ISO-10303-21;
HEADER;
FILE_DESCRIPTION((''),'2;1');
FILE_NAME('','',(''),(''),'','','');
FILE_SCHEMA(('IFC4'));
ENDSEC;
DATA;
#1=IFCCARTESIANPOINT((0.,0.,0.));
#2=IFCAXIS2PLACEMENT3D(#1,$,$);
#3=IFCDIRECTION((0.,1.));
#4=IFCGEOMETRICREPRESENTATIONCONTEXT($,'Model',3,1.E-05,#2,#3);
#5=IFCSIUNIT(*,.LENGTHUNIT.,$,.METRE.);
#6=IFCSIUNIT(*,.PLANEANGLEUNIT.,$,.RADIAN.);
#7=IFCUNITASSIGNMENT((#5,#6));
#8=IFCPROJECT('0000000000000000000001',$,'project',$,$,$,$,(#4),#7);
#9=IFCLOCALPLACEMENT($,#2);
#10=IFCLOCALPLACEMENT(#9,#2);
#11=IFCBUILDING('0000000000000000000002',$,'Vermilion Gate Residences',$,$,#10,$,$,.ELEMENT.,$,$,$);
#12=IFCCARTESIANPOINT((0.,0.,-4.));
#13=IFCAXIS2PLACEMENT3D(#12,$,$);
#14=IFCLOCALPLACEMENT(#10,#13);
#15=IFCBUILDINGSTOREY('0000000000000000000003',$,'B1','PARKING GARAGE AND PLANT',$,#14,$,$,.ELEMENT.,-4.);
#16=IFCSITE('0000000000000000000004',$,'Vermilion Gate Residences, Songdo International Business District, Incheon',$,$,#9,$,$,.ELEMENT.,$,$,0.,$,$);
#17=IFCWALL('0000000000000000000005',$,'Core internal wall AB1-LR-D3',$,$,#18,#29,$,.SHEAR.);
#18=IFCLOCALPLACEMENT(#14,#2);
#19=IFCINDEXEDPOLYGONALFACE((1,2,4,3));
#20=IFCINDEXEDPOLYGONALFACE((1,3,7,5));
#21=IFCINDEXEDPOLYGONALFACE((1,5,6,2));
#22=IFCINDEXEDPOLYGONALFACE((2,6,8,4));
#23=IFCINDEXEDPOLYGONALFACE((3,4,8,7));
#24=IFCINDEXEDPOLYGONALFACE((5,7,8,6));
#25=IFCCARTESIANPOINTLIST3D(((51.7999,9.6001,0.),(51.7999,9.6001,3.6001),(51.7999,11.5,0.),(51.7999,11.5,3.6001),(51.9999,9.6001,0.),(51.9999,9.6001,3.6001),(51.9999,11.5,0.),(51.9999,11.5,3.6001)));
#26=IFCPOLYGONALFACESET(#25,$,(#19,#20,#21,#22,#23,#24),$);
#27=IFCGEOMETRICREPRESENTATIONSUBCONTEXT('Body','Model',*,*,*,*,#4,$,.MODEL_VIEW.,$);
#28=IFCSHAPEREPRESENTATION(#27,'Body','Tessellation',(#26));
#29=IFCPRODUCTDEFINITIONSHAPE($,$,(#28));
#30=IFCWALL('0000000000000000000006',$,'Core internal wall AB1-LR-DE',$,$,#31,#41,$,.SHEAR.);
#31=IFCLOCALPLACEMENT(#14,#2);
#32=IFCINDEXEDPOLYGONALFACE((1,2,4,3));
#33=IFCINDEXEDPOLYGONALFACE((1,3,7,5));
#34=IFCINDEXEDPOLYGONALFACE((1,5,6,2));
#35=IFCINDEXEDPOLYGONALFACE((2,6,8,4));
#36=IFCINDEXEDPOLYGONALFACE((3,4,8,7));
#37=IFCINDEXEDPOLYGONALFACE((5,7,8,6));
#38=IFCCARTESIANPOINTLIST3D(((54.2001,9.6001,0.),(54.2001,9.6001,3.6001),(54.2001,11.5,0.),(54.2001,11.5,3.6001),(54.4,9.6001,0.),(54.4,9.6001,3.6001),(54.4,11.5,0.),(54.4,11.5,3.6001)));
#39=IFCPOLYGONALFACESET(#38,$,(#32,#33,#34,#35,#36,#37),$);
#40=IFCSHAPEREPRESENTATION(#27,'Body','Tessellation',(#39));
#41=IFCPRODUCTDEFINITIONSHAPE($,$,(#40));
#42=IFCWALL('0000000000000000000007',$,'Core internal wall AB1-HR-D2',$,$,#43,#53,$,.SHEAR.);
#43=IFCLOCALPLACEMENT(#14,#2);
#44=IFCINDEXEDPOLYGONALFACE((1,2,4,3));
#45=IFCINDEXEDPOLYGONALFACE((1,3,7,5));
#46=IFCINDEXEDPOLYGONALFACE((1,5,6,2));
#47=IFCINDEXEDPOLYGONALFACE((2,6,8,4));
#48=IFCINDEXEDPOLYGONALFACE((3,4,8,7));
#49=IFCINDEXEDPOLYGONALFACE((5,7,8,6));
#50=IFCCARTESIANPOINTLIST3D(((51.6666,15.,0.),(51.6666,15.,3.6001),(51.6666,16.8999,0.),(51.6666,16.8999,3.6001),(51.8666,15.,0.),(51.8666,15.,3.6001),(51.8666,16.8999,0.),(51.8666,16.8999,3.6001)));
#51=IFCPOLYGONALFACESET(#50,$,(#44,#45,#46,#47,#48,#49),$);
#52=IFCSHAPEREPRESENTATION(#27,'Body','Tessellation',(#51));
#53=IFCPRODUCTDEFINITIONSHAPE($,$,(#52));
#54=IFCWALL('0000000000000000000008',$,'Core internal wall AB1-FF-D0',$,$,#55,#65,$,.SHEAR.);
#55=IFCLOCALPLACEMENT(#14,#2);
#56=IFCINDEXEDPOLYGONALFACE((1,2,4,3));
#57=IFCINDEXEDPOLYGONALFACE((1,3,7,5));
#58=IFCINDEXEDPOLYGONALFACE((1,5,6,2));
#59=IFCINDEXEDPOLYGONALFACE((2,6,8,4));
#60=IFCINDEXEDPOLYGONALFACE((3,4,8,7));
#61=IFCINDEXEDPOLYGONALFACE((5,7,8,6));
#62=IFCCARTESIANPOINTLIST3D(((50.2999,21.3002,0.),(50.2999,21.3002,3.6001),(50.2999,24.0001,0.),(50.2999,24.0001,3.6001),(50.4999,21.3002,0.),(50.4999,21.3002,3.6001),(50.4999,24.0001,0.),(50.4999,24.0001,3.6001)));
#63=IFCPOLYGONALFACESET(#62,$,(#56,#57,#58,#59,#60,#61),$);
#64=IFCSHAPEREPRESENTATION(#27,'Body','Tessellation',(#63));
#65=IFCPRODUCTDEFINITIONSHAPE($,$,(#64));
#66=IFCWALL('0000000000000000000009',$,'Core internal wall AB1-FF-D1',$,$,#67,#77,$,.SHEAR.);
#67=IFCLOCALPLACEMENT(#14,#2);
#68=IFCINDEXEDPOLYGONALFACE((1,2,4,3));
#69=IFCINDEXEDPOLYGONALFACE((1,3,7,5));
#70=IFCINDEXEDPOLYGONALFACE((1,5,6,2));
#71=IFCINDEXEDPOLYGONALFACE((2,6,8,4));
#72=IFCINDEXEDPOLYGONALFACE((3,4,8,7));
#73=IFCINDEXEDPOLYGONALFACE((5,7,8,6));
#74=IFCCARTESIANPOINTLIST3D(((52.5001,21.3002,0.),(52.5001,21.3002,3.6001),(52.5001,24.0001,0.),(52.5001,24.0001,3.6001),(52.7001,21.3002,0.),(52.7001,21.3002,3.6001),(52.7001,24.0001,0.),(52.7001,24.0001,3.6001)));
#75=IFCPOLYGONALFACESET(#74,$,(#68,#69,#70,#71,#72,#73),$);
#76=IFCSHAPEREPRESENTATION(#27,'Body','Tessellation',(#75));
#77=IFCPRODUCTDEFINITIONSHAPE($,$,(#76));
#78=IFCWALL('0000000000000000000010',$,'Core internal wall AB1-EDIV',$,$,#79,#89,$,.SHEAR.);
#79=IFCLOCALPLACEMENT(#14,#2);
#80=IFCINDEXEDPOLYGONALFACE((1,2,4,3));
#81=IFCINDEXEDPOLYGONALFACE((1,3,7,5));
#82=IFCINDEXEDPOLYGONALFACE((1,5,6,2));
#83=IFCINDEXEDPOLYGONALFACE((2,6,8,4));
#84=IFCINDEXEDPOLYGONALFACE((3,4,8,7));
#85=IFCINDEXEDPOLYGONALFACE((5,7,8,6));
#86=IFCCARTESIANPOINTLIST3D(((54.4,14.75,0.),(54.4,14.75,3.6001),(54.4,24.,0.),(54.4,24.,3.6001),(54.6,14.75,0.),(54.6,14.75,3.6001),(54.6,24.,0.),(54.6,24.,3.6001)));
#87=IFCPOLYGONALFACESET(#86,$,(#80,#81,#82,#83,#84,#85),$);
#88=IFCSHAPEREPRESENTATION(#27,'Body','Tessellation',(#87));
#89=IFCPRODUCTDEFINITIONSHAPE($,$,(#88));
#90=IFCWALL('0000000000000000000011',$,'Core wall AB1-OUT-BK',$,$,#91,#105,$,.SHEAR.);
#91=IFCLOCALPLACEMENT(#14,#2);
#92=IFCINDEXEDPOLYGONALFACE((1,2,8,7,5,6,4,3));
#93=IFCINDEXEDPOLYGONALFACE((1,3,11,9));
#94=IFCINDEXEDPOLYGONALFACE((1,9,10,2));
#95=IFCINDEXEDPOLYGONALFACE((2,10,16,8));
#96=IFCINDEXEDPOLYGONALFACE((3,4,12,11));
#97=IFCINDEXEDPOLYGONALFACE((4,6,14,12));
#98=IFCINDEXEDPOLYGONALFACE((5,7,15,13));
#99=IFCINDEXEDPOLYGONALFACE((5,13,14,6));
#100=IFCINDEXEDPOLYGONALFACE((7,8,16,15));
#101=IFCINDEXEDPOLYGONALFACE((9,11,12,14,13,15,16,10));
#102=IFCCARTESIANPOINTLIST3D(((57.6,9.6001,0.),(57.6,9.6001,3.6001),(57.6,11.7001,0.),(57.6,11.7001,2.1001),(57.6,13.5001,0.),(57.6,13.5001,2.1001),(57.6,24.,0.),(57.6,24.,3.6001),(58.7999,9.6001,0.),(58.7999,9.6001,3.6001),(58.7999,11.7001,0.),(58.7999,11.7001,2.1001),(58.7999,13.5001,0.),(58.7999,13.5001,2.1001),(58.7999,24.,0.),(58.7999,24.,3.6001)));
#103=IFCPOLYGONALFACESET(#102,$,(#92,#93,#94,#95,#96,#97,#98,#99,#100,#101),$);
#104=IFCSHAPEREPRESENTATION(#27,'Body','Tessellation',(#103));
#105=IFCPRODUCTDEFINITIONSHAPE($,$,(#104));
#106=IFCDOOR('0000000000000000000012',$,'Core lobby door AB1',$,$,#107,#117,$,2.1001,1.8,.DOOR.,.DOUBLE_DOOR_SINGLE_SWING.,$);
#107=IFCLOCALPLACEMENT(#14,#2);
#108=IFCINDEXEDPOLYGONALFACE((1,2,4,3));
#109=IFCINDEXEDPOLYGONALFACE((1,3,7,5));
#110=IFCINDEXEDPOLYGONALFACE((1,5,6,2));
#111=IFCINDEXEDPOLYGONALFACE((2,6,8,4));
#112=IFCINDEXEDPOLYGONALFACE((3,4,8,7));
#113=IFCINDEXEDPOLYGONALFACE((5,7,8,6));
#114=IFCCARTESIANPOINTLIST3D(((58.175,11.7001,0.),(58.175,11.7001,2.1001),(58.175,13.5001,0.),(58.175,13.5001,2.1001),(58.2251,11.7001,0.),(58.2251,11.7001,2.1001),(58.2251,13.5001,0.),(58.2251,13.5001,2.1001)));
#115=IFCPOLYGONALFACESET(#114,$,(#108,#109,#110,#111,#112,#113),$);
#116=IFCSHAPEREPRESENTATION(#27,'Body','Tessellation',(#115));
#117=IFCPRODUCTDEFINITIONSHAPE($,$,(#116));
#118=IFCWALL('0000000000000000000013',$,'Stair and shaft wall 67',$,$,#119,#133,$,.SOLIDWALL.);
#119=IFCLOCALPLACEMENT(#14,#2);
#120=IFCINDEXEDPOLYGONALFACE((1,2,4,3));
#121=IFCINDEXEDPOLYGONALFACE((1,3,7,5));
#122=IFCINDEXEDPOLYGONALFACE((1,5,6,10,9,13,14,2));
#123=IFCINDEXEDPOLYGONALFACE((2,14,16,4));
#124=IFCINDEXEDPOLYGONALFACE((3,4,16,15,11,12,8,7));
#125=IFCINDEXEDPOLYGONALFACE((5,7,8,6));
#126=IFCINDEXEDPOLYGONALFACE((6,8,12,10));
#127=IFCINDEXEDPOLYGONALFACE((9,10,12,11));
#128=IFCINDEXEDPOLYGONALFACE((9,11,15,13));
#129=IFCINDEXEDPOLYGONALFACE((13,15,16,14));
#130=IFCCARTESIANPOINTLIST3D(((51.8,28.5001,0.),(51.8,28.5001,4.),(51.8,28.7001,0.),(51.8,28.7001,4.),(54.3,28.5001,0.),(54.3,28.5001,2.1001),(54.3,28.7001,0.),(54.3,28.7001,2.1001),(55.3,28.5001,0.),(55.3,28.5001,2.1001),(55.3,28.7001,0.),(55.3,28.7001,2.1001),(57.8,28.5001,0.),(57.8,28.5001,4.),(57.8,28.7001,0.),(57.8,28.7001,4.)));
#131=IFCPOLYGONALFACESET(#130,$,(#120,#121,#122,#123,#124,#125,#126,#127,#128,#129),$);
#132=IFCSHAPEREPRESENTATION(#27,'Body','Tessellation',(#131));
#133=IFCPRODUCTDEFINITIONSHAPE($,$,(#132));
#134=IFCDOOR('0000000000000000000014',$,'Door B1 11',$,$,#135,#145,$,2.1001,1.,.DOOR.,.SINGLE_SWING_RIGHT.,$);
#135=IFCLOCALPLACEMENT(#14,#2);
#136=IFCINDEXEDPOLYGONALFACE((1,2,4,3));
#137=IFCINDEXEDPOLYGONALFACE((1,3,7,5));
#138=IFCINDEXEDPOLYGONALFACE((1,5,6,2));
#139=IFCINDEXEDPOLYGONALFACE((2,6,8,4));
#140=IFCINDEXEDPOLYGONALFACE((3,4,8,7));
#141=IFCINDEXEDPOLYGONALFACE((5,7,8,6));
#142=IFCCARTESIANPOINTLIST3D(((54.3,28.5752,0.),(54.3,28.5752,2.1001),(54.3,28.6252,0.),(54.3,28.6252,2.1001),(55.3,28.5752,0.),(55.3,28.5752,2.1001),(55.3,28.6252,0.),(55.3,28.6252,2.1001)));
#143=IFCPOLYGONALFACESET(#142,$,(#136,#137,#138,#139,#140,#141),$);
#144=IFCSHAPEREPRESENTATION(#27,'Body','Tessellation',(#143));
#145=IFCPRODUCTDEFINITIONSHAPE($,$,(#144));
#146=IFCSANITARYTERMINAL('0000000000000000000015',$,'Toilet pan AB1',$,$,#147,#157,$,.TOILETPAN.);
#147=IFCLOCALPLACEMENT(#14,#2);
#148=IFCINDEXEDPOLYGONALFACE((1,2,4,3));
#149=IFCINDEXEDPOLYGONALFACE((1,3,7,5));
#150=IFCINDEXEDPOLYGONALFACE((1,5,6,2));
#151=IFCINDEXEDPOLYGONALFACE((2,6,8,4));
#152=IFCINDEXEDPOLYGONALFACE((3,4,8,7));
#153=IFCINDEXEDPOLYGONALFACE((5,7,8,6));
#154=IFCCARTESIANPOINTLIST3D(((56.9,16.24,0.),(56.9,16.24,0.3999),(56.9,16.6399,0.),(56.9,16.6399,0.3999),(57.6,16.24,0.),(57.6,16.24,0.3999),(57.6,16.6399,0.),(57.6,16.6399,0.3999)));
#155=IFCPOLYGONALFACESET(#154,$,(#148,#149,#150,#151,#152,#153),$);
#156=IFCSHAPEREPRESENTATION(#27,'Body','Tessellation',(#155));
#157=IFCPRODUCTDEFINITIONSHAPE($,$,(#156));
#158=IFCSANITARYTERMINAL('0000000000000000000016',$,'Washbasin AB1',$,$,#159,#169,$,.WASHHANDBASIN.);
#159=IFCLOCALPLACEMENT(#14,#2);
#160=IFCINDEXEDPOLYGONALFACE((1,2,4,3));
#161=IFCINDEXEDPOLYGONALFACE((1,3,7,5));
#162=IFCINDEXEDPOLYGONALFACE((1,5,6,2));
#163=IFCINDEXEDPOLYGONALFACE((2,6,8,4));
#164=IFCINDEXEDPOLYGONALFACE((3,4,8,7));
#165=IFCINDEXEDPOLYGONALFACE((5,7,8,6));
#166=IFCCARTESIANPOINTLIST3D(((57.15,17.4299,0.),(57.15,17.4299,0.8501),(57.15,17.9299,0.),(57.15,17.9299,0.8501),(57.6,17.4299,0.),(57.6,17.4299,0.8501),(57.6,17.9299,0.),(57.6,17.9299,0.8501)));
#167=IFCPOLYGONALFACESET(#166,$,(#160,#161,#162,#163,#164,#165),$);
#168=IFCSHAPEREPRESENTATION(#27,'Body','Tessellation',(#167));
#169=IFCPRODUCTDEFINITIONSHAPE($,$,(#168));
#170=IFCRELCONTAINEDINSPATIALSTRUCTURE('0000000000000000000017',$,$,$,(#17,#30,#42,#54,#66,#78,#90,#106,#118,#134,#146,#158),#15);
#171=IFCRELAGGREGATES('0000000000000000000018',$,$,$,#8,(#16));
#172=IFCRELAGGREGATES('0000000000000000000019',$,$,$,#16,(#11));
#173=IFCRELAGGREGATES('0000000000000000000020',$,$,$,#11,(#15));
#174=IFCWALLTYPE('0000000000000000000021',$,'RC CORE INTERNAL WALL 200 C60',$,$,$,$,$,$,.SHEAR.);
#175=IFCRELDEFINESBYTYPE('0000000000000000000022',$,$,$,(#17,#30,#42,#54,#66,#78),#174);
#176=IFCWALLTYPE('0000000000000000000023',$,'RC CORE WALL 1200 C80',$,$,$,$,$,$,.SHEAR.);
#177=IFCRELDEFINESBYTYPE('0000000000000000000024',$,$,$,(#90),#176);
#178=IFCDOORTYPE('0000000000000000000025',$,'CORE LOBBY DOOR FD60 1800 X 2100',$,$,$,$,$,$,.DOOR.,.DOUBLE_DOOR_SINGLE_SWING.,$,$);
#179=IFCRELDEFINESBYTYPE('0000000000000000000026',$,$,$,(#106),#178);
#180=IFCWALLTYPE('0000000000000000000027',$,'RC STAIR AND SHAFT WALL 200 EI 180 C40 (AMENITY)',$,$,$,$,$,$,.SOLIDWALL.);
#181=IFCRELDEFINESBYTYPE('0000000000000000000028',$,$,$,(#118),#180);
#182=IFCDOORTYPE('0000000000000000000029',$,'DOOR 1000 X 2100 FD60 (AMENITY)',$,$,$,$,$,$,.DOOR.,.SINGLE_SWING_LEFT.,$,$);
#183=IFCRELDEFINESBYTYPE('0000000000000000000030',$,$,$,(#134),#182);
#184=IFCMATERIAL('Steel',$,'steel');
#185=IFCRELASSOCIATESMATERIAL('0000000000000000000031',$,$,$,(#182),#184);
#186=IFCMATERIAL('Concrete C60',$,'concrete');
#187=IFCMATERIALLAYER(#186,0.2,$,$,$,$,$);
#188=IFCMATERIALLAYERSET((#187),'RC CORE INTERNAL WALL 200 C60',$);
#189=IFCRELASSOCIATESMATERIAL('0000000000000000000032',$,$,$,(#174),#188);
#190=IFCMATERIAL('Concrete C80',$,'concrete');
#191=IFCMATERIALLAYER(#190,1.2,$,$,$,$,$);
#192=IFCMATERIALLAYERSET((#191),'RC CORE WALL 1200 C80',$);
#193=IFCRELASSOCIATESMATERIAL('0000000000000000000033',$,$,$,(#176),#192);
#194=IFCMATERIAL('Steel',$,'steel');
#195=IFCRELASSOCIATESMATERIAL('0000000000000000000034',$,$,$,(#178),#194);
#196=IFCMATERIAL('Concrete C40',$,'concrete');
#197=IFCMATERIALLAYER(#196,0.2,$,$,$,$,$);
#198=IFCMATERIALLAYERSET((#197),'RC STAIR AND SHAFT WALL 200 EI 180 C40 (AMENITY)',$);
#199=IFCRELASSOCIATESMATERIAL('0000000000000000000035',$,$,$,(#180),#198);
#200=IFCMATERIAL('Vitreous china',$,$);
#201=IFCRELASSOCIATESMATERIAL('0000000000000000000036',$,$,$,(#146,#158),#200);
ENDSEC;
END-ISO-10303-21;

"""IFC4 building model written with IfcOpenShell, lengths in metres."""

from ifc_helpers import new_model, si_unit, direction, frame, frame_2d, origin, origin_2d, place, context, subcontext, project, spatial, rectangle, extrude, material, layer, layer_set, type_object, element, fill, save


model = new_model("IFC4")

# Units and contexts
model_context = context("Model", 3, precision=1e-05, world=origin(), true_north=direction((0.0, 1.0)))
body_context = subcontext(model_context, "Body", "Model", "MODEL_VIEW")
ifc_project = project(units=[si_unit("LENGTHUNIT", "METRE"), si_unit("PLANEANGLEUNIT", "RADIAN")], contexts=[model_context])

# Site, building, storey
site_placement = place(None, origin())
site = spatial("IfcSite", under=ifc_project, at=site_placement, Name="Vermilion Gate Residences, Songdo International Business District, Incheon", CompositionType="ELEMENT", RefElevation=0.0)
building_placement = place(site_placement, origin())
building = spatial("IfcBuilding", under=site, at=building_placement, Name="Vermilion Gate Residences", CompositionType="ELEMENT")
storey_placement = place(building_placement, frame((0.0, 0.0, -4.0)))
storey = spatial("IfcBuildingStorey", under=building, at=storey_placement, Name="B1", Description="PARKING GARAGE AND PLANT", CompositionType="ELEMENT", Elevation=-4.0)

# Shared definitions
ifc_material_1 = material(Name="Steel", Category="steel")
door_type_1 = type_object("IfcDoorType", Name="DOOR 1000 X 2100 FD60 (AMENITY)", OperationType="SINGLE_SWING_LEFT", PredefinedType="DOOR", material=ifc_material_1)

# Walls
ifc_material_2 = material(Name="Concrete C60", Category="concrete")
ifc_layer_1 = layer(ifc_material_2, 0.2)
ifc_layer_set_1 = layer_set([ifc_layer_1], Name="RC CORE INTERNAL WALL 200 C60")
wall_type_1 = type_object("IfcWallType", Name="RC CORE INTERNAL WALL 200 C60", PredefinedType="SHEAR", material=ifc_layer_set_1)
for number, where, z_axis, x_axis, name in (
    (1, (51.8999, 9.6001, 0.0), (0.0, 0.0, 1.0), (0.0, 1.0, 0.0), "Core internal wall AB1-LR-D3"),
    (2, (54.3, 9.6001, 0.0), (0.0, 0.0, 1.0), (0.0, 1.0, 0.0), "Core internal wall AB1-LR-DE"),
    (3, (51.7666, 15.0, 0.0), (0.0, 0.0, 1.0), (0.0, 1.0, 0.0), "Core internal wall AB1-HR-D2"),
):
    element("IfcWall", number, at=place(storey_placement, frame(where, z_axis=z_axis, x_axis=x_axis)), inside=storey, type_object=wall_type_1, Name=name, PredefinedType="SHEAR", context=body_context, shape_type="SweptSolid", body=[
        extrude(rectangle(XDim=1.8999, YDim=0.2, at=frame_2d((0.95, 0.0))), origin(), (0.0, 0.0, 1.0), 3.6001),
    ])
for number, where, z_axis, x_axis, name in (
    (4, (50.3999, 21.3, 0.0), (0.0, 0.0, 1.0), (0.0, 1.0, 0.0), "Core internal wall AB1-FF-D0"),
    (5, (52.6001, 21.3, 0.0), (0.0, 0.0, 1.0), (0.0, 1.0, 0.0), "Core internal wall AB1-FF-D1"),
):
    element("IfcWall", number, at=place(storey_placement, frame(where, z_axis=z_axis, x_axis=x_axis)), inside=storey, type_object=wall_type_1, Name=name, PredefinedType="SHEAR", context=body_context, shape_type="SweptSolid", body=[
        extrude(rectangle(XDim=2.7, YDim=0.2, at=frame_2d((1.3501, 0.0))), origin(), (0.0, 0.0, 1.0), 3.6001),
    ])
wall_1_placement = place(storey_placement, frame((54.5, 14.75, 0.0), z_axis=(0.0, 0.0, 1.0), x_axis=(0.0, 1.0, 0.0)))
element("IfcWall", 6, at=wall_1_placement, inside=storey, type_object=wall_type_1, Name="Core internal wall AB1-EDIV", PredefinedType="SHEAR", context=body_context, shape_type="SweptSolid", body=[
    extrude(rectangle(XDim=9.25, YDim=0.2, at=frame_2d((4.625, 0.0))), origin(), (0.0, 0.0, 1.0), 3.6001),
])

# Walls, openings, doors
ifc_material_3 = material(Name="Concrete C80", Category="concrete")
ifc_layer_2 = layer(ifc_material_3, 1.2)
ifc_layer_set_2 = layer_set([ifc_layer_2], Name="RC CORE WALL 1200 C80")
wall_type_2 = type_object("IfcWallType", Name="RC CORE WALL 1200 C80", PredefinedType="SHEAR", material=ifc_layer_set_2)
wall_2_placement = place(storey_placement, frame((58.2, 9.6001, 0.0), z_axis=(0.0, 0.0, 1.0), x_axis=(0.0, 1.0, 0.0)))
wall_2 = element("IfcWall", 7, at=wall_2_placement, inside=storey, type_object=wall_type_2, Name="Core wall AB1-OUT-BK", PredefinedType="SHEAR", context=body_context, shape_type="SweptSolid", body=[
    extrude(rectangle(XDim=14.3999, YDim=1.2, at=frame_2d((7.2, 0.0))), origin(), (0.0, 0.0, 1.0), 3.6001),
])
opening_1_placement = place(wall_2_placement, frame((2.1001, 0.0, 0.0)))
opening_1 = element("IfcOpeningElement", 8, at=opening_1_placement, cuts=wall_2, PredefinedType="OPENING", context=body_context, shape_type="SweptSolid", body=[
    extrude(rectangle(XDim=1.8, YDim=2.1001, at=frame_2d((0.8999, 1.05))), frame((0.0, 0.6099, 0.0), z_axis=(0.0, -1.0, 0.0), x_axis=(1.0, 0.0, 0.0)), (0.0, 0.0, 1.0), 1.22),
])
ifc_material_4 = material(Name="Steel", Category="steel")
door_type_2 = type_object("IfcDoorType", Name="CORE LOBBY DOOR FD60 1800 X 2100", OperationType="DOUBLE_DOOR_SINGLE_SWING", PredefinedType="DOOR", material=ifc_material_4)
door_1_placement = place(opening_1_placement, origin())
door_1 = element("IfcDoor", 9, at=door_1_placement, inside=storey, type_object=door_type_2, Name="Core lobby door AB1", OperationType="DOUBLE_DOOR_SINGLE_SWING", OverallHeight=2.1001, OverallWidth=1.8, PredefinedType="DOOR", context=body_context, shape_type="SweptSolid", body=[
    extrude(rectangle(XDim=1.8, YDim=2.1001, at=frame_2d((0.8999, 1.05))), frame((0.0, 0.0249, 0.0), z_axis=(0.0, -1.0, 0.0), x_axis=(1.0, 0.0, 0.0)), (0.0, 0.0, 1.0), 0.05),
])
fill(opening_1, door_1)
ifc_material_5 = material(Name="Concrete C40", Category="concrete")
ifc_layer_3 = layer(ifc_material_5, 0.2)
ifc_layer_set_3 = layer_set([ifc_layer_3], Name="RC STAIR AND SHAFT WALL 200 EI 180 C40 (AMENITY)")
wall_type_3 = type_object("IfcWallType", Name="RC STAIR AND SHAFT WALL 200 EI 180 C40 (AMENITY)", PredefinedType="SOLIDWALL", material=ifc_layer_set_3)
wall_3_placement = place(storey_placement, frame((51.8, 28.6001, 0.0), z_axis=(0.0, 0.0, 1.0), x_axis=(1.0, 0.0, 0.0)))
wall_3 = element("IfcWall", 10, at=wall_3_placement, inside=storey, type_object=wall_type_3, Name="Stair and shaft wall 67", PredefinedType="SOLIDWALL", context=body_context, shape_type="SweptSolid", body=[
    extrude(rectangle(XDim=6.0, YDim=0.2, at=frame_2d((3.0, 0.0))), origin(), (0.0, 0.0, 1.0), 4.0),
])
opening_2_placement = place(wall_3_placement, frame((2.5, 0.0, 0.0)))
opening_2 = element("IfcOpeningElement", 11, at=opening_2_placement, cuts=wall_3, PredefinedType="OPENING", context=body_context, shape_type="SweptSolid", body=[
    extrude(rectangle(XDim=1.0, YDim=2.1001, at=frame_2d((0.5, 1.05))), frame((0.0, 0.1099, 0.0), z_axis=(0.0, -1.0, 0.0), x_axis=(1.0, 0.0, 0.0)), (0.0, 0.0, 1.0), 0.22),
])
door_2_placement = place(opening_2_placement, frame((1.0, 0.0, 0.0), z_axis=(0.0, 0.0, 1.0), x_axis=(-1.0, 0.0, 0.0)))
door_2 = element("IfcDoor", 12, at=door_2_placement, inside=storey, type_object=door_type_1, Name="Door B1 11", OperationType="SINGLE_SWING_RIGHT", OverallHeight=2.1001, OverallWidth=1.0, PredefinedType="DOOR", context=body_context, shape_type="SweptSolid", body=[
    extrude(rectangle(XDim=1.0, YDim=2.1001, at=frame_2d((0.5, 1.05))), frame((0.0, 0.0249, 0.0), z_axis=(0.0, -1.0, 0.0), x_axis=(1.0, 0.0, 0.0)), (0.0, 0.0, 1.0), 0.05),
])
fill(opening_2, door_2)

# Sanitary terminals
ifc_material_6 = material(Name="Vitreous china")
sanitary_terminal_1_placement = place(storey_placement, frame((57.25, 16.4399, 0.0), z_axis=(0.0, 0.0, 1.0), x_axis=(1.0, 0.0, 0.0)))
element("IfcSanitaryTerminal", 13, at=sanitary_terminal_1_placement, inside=storey, material=ifc_material_6, Name="Toilet pan AB1", PredefinedType="TOILETPAN", context=body_context, shape_type="SweptSolid", body=[
    extrude(rectangle(XDim=0.7, YDim=0.3999, at=origin_2d()), origin(), (0.0, 0.0, 1.0), 0.3999),
])
sanitary_terminal_2_placement = place(storey_placement, frame((57.375, 17.6799, 0.0), z_axis=(0.0, 0.0, 1.0), x_axis=(1.0, 0.0, 0.0)))
element("IfcSanitaryTerminal", 14, at=sanitary_terminal_2_placement, inside=storey, material=ifc_material_6, Name="Washbasin AB1", PredefinedType="WASHHANDBASIN", context=body_context, shape_type="SweptSolid", body=[
    extrude(rectangle(XDim=0.45, YDim=0.5, at=origin_2d()), origin(), (0.0, 0.0, 1.0), 0.8501),
])

save(model, "model.ifc")
